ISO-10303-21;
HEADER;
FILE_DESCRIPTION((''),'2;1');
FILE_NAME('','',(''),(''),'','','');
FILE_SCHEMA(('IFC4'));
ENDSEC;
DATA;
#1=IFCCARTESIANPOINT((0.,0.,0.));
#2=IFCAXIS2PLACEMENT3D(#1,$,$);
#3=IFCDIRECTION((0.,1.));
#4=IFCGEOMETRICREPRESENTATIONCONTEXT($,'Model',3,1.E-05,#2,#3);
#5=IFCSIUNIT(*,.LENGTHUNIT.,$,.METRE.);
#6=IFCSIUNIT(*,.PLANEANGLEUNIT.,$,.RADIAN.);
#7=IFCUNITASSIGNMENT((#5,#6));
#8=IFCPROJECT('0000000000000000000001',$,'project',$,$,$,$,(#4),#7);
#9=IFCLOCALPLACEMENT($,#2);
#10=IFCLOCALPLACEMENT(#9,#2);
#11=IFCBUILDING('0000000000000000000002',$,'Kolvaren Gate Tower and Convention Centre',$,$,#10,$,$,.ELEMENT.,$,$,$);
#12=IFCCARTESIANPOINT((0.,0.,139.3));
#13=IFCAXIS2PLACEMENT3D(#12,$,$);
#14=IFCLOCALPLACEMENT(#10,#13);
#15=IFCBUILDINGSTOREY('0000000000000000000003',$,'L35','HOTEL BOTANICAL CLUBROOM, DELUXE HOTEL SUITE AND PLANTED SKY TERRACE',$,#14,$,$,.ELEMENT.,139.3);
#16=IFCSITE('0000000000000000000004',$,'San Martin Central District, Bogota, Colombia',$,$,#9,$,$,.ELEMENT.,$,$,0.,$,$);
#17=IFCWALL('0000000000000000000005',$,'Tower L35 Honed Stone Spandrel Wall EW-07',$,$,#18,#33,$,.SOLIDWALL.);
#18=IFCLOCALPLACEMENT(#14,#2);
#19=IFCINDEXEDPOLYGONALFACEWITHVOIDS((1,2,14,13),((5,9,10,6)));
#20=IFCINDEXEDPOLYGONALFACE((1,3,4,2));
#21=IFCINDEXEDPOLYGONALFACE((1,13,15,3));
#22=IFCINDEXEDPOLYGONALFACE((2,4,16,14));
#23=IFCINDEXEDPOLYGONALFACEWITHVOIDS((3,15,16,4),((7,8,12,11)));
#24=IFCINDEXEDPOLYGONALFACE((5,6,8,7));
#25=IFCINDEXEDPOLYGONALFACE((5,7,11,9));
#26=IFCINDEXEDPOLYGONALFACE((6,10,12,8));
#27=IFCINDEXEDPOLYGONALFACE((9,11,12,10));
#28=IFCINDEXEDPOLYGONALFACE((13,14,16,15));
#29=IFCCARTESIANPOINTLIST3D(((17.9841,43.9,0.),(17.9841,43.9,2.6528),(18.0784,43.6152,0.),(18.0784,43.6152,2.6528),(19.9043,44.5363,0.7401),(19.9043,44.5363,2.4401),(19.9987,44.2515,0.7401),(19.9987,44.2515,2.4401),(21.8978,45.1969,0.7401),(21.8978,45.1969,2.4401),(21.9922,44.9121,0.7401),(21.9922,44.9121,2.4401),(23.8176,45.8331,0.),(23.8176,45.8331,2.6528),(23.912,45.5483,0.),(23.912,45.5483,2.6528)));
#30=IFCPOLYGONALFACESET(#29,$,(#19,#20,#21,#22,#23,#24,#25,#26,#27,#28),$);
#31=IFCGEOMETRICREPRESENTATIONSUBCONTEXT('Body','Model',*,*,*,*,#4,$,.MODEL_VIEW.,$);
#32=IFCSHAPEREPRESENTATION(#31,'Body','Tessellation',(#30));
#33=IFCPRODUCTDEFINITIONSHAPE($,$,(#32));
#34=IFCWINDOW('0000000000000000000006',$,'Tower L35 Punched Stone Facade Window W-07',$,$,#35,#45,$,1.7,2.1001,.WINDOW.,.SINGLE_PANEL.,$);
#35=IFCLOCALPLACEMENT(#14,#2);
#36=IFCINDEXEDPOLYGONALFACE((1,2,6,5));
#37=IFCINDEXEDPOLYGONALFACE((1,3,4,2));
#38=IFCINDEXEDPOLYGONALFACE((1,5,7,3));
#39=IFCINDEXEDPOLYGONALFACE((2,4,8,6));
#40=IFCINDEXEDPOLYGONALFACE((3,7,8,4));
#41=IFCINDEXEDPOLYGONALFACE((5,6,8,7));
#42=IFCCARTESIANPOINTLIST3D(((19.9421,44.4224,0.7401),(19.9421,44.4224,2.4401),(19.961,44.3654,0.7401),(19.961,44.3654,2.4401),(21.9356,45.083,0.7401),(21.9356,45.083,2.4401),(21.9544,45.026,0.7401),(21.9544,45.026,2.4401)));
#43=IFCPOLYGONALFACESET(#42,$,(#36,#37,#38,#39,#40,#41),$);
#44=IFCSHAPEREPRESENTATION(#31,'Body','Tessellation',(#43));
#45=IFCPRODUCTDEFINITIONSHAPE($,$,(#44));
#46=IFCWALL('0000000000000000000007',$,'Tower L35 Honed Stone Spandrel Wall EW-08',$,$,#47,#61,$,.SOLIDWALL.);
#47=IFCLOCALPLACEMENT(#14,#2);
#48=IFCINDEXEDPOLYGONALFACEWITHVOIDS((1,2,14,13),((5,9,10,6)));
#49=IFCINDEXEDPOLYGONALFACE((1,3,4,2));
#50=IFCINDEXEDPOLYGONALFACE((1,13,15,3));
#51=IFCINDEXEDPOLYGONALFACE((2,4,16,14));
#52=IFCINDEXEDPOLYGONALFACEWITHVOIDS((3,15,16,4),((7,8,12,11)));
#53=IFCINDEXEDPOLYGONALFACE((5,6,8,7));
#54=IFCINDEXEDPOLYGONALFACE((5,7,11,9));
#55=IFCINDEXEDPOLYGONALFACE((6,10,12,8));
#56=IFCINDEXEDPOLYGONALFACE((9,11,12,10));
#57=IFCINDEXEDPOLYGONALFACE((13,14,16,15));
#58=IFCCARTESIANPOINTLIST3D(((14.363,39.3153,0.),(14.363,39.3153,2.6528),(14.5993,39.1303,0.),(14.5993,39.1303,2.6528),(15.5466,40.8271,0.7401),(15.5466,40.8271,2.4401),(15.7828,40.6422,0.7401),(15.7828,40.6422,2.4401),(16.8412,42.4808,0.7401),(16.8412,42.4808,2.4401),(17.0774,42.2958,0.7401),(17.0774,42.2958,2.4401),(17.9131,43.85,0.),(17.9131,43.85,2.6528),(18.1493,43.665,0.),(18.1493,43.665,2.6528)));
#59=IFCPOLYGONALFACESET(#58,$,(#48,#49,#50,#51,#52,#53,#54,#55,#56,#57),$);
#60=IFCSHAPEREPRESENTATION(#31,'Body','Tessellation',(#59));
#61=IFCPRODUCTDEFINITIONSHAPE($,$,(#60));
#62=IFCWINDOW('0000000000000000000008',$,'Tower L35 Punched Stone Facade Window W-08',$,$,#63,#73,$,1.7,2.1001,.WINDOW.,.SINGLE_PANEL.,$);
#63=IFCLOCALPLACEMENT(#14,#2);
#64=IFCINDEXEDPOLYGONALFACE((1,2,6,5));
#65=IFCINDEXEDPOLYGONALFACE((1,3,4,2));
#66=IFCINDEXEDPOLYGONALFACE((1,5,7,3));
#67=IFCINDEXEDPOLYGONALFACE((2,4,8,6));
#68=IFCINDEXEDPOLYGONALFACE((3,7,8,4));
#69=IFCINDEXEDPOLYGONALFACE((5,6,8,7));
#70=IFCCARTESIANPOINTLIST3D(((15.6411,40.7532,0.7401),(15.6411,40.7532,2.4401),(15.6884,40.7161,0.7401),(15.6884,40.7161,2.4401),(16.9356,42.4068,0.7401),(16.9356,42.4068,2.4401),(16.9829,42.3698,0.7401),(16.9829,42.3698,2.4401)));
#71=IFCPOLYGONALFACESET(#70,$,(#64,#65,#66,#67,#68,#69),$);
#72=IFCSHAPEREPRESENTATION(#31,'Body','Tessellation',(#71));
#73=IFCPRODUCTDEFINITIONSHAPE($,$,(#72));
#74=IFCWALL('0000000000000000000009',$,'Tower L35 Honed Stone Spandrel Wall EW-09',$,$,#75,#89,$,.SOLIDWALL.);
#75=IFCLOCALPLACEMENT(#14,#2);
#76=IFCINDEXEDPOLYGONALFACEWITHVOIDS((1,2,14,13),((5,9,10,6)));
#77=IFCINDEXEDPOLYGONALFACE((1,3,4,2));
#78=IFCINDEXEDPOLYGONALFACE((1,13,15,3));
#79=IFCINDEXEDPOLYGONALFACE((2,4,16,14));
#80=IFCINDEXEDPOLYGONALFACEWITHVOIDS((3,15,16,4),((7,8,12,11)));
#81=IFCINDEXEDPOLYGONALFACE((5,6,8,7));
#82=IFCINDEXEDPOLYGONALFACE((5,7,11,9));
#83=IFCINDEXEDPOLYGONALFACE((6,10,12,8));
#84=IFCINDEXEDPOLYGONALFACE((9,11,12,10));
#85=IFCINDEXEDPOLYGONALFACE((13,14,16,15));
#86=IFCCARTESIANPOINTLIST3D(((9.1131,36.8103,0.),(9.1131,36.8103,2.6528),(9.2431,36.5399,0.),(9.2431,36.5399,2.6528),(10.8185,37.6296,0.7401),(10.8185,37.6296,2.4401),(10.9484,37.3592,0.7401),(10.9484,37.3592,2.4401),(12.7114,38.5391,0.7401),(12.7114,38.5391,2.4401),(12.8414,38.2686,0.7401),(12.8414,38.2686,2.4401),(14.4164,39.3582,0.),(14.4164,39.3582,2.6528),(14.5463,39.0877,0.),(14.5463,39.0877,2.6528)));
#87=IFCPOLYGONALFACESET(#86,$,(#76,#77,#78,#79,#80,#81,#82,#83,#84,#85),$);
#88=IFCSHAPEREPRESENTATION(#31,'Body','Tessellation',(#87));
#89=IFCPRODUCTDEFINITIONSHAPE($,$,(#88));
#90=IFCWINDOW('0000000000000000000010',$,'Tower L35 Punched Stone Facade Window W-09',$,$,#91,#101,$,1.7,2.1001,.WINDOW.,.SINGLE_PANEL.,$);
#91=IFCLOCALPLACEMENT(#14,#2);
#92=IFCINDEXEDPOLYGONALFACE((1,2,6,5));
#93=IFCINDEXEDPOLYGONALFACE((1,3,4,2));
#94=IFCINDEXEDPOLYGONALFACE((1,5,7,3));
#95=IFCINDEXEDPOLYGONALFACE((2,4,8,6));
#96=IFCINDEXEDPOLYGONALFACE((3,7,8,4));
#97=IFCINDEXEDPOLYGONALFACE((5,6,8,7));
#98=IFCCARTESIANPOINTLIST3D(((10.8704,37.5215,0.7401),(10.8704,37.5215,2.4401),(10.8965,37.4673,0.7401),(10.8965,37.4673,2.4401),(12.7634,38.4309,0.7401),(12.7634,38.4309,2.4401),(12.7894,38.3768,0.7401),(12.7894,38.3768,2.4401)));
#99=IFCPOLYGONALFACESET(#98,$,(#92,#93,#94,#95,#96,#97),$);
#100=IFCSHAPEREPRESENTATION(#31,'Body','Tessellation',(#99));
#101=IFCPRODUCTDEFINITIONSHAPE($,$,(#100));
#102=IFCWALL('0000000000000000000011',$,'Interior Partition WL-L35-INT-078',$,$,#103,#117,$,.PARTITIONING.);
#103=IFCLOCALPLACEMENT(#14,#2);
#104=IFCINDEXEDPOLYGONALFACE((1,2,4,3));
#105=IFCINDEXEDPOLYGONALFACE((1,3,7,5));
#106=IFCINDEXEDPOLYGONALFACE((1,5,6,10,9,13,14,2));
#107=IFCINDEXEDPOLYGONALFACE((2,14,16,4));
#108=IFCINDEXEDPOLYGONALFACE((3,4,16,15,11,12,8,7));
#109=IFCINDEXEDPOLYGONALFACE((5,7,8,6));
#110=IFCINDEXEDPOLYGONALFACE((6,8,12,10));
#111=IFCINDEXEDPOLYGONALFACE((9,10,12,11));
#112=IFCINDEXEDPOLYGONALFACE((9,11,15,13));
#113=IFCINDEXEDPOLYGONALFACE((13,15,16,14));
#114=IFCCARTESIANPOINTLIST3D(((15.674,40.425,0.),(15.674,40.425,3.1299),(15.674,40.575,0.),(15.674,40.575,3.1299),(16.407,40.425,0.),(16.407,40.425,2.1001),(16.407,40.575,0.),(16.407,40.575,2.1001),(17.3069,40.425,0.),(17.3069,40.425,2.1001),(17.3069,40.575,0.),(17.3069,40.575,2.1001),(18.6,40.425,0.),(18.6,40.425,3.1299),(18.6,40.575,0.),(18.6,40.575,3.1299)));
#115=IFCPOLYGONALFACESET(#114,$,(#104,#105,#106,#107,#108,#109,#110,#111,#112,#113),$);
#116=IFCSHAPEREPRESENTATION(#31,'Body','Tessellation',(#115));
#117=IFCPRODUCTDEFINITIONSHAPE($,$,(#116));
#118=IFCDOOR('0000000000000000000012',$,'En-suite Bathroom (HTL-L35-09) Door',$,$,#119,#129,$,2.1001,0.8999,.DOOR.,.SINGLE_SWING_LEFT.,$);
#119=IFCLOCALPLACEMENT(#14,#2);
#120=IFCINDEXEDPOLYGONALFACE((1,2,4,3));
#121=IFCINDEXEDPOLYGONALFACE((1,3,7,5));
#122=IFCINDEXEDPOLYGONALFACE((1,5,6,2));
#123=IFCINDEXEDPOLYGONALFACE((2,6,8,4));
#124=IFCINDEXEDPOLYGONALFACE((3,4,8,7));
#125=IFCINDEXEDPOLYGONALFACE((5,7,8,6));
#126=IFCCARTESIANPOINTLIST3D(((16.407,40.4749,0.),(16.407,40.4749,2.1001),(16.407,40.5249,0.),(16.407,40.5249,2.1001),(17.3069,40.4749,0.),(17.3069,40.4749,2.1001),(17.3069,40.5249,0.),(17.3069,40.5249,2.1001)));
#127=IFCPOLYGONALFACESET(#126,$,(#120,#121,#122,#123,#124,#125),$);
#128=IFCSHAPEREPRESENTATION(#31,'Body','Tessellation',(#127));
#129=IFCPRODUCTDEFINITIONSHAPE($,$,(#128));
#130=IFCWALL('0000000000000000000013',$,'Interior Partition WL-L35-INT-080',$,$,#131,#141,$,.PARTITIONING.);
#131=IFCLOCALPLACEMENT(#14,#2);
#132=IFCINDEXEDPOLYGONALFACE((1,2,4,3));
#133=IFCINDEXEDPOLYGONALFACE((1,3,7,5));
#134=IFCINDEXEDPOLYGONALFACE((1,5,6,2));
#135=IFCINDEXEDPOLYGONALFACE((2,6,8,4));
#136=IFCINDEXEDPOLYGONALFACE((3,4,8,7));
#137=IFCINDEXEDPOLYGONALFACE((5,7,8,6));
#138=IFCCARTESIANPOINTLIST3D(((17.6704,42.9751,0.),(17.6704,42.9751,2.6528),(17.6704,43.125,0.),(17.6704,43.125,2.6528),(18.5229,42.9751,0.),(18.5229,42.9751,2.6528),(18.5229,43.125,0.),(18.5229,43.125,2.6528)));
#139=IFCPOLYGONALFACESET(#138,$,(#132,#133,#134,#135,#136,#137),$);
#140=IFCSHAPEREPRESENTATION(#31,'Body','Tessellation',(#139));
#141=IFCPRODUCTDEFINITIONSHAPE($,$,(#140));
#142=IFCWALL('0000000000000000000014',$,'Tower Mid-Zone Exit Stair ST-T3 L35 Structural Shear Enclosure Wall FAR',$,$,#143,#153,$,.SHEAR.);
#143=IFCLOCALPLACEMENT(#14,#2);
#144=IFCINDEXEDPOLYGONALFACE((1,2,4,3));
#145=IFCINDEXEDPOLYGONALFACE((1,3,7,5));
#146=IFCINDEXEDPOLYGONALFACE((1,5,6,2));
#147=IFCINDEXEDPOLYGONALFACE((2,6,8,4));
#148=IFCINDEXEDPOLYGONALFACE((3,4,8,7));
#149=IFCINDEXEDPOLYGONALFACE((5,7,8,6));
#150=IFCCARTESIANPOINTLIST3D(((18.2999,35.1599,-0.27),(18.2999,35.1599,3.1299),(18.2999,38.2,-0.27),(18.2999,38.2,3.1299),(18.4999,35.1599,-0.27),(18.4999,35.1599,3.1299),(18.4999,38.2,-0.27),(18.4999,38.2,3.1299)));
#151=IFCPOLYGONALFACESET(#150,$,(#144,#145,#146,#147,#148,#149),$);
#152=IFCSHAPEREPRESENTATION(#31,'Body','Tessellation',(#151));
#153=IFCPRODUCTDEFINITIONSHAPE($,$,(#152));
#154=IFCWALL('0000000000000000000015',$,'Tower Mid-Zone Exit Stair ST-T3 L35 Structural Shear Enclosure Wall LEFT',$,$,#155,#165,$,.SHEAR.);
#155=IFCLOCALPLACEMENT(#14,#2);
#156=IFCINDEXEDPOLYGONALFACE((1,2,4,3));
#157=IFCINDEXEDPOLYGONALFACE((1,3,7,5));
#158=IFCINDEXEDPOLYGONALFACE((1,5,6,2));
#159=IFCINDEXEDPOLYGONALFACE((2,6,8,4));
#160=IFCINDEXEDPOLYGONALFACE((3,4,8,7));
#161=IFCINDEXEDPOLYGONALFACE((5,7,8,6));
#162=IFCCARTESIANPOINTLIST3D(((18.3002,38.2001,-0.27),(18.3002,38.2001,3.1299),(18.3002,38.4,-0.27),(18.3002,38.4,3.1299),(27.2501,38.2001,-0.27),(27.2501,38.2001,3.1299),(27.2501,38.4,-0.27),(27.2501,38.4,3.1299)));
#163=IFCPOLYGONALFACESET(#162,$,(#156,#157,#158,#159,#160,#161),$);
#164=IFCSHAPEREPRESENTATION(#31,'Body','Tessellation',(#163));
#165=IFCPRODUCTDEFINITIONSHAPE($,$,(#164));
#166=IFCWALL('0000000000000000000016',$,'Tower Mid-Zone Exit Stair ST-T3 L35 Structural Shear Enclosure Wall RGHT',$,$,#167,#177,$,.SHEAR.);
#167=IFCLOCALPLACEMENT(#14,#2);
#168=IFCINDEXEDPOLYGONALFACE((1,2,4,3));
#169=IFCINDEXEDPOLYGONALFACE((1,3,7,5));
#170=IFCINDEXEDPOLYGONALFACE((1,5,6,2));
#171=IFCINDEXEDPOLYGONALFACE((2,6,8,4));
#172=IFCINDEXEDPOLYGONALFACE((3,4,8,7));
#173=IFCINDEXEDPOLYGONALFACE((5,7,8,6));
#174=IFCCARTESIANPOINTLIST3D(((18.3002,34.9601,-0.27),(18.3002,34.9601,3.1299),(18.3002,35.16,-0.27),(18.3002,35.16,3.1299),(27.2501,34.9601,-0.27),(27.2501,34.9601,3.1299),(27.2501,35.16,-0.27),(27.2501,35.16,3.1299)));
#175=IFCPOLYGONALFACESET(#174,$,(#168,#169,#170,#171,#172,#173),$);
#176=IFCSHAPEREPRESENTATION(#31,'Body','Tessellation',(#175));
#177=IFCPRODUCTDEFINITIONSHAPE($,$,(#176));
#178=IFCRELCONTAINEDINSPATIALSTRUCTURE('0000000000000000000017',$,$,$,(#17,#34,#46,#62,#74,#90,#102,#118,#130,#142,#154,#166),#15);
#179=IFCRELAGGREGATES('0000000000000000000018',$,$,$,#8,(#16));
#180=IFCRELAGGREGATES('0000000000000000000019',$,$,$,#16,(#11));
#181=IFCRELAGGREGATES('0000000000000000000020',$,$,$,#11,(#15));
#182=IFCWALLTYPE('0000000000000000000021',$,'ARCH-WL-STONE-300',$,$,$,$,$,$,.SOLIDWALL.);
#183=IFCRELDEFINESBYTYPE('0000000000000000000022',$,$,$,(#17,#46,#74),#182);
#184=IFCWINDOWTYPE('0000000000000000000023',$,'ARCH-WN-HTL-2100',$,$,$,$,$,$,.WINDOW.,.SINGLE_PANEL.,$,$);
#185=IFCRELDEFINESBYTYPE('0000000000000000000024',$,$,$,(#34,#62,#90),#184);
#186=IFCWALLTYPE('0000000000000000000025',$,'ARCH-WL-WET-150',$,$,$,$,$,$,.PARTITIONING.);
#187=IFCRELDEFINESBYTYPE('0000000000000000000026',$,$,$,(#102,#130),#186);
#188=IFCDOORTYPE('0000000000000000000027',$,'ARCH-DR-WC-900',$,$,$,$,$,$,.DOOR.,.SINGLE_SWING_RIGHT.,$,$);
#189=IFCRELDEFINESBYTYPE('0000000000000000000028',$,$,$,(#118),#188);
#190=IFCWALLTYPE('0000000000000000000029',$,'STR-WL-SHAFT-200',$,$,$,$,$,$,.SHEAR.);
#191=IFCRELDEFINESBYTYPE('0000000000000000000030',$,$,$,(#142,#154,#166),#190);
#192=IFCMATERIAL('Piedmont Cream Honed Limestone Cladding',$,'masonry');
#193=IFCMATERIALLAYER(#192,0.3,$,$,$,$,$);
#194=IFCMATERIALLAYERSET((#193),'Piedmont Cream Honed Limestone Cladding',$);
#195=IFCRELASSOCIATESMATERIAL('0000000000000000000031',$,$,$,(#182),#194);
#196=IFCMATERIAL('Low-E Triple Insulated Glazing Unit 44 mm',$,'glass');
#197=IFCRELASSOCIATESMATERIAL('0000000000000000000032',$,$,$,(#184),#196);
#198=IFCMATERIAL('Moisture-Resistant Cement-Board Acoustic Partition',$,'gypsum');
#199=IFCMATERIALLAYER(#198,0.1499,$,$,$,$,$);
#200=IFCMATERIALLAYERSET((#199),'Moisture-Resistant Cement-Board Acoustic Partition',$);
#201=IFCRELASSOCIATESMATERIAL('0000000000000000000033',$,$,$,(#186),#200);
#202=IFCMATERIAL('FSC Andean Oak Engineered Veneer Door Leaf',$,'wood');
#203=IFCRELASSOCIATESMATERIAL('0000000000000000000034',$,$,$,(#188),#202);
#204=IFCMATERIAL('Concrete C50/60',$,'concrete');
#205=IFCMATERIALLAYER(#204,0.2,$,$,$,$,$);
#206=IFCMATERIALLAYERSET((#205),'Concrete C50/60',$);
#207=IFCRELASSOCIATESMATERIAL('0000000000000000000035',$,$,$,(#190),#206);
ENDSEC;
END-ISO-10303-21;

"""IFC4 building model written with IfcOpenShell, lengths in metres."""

from ifc_helpers import new_model, si_unit, direction, frame, frame_2d, origin, place, context, subcontext, project, spatial, rectangle, extrude, material, layer, layer_set, type_object, element, fill, save


model = new_model("IFC4")

# Units and contexts
model_context = context("Model", 3, precision=1e-05, world=origin(), true_north=direction((0.0, 1.0)))
body_context = subcontext(model_context, "Body", "Model", "MODEL_VIEW")
ifc_project = project(units=[si_unit("LENGTHUNIT", "METRE"), si_unit("PLANEANGLEUNIT", "RADIAN")], contexts=[model_context])

# Site, building, storey
site_placement = place(None, origin())
site = spatial("IfcSite", under=ifc_project, at=site_placement, Name="San Martin Central District, Bogota, Colombia", CompositionType="ELEMENT", RefElevation=0.0)
building_placement = place(site_placement, origin())
building = spatial("IfcBuilding", under=site, at=building_placement, Name="Kolvaren Gate Tower and Convention Centre", CompositionType="ELEMENT")
storey_placement = place(building_placement, frame((0.0, 0.0, 139.3)))
storey = spatial("IfcBuildingStorey", under=building, at=storey_placement, Name="L35", Description="HOTEL BOTANICAL CLUBROOM, DELUXE HOTEL SUITE AND PLANTED SKY TERRACE", CompositionType="ELEMENT", Elevation=139.3)

# Shared definitions
ifc_material_1 = material(Name="Piedmont Cream Honed Limestone Cladding", Category="masonry")

# Walls, openings, windows
ifc_layer_1 = layer(ifc_material_1, 0.3)
ifc_layer_set_1 = layer_set([ifc_layer_1], Name="Piedmont Cream Honed Limestone Cladding")
wall_type_1 = type_object("IfcWallType", Name="ARCH-WL-STONE-300", PredefinedType="SOLIDWALL", material=ifc_layer_set_1)
wall_1_placement = place(storey_placement, frame((18.0312, 43.7576, 0.0), z_axis=(0.0, 0.0, 1.0), x_axis=(0.949238, 0.314559, 0.0)))
wall_1 = element("IfcWall", 1, at=wall_1_placement, inside=storey, type_object=wall_type_1, Name="Tower L35 Honed Stone Spandrel Wall EW-07", PredefinedType="SOLIDWALL", context=body_context, shape_type="SweptSolid", body=[
    extrude(rectangle(XDim=6.1455, YDim=0.3, at=frame_2d((3.0728, 0.0))), origin(), (0.0, 0.0, 1.0), 2.6528),
])
opening_1_placement = place(wall_1_placement, frame((2.0229, 0.0, 0.74)))
opening_1 = element("IfcOpeningElement", 2, at=opening_1_placement, cuts=wall_1, PredefinedType="OPENING", context=body_context, shape_type="SweptSolid", body=[
    extrude(rectangle(XDim=2.1001, YDim=1.7, at=frame_2d((1.05, 0.8501))), frame((0.0, 0.1599, 0.0), z_axis=(0.0, -1.0, 0.0), x_axis=(1.0, 0.0, 0.0)), (0.0, 0.0, 1.0), 0.3201),
])
ifc_material_2 = material(Name="Low-E Triple Insulated Glazing Unit 44 mm", Category="glass")
window_type = type_object("IfcWindowType", Name="ARCH-WN-HTL-2100", PartitioningType="SINGLE_PANEL", PredefinedType="WINDOW", material=ifc_material_2)
window_1_placement = place(opening_1_placement, origin())
window_1 = element("IfcWindow", 3, at=window_1_placement, inside=storey, type_object=window_type, Name="Tower L35 Punched Stone Facade Window W-07", OverallHeight=1.7, OverallWidth=2.1001, PartitioningType="SINGLE_PANEL", PredefinedType="WINDOW", context=body_context, shape_type="SweptSolid", body=[
    extrude(rectangle(XDim=2.1001, YDim=1.7, at=frame_2d((1.05, 0.8501))), frame((0.0, 0.03, 0.0), z_axis=(0.0, -1.0, 0.0), x_axis=(1.0, 0.0, 0.0)), (0.0, 0.0, 1.0), 0.0601),
])
fill(opening_1, window_1)
wall_2_placement = place(storey_placement, frame((14.4812, 39.2229, 0.0), z_axis=(0.0, 0.0, 1.0), x_axis=(0.616435, 0.787406, 0.0)))
wall_2 = element("IfcWall", 4, at=wall_2_placement, inside=storey, type_object=wall_type_1, Name="Tower L35 Honed Stone Spandrel Wall EW-08", PredefinedType="SOLIDWALL", context=body_context, shape_type="SweptSolid", body=[
    extrude(rectangle(XDim=5.759, YDim=0.3, at=frame_2d((2.8794, 0.0))), origin(), (0.0, 0.0, 1.0), 2.6528),
])
opening_2_placement = place(wall_2_placement, frame((1.9199, 0.0, 0.74)))
opening_2 = element("IfcOpeningElement", 5, at=opening_2_placement, cuts=wall_2, PredefinedType="OPENING", context=body_context, shape_type="SweptSolid", body=[
    extrude(rectangle(XDim=2.1001, YDim=1.7, at=frame_2d((1.05, 0.8501))), frame((0.0, 0.1599, 0.0), z_axis=(0.0, -1.0, 0.0), x_axis=(1.0, 0.0, 0.0)), (0.0, 0.0, 1.0), 0.3201),
])
window_2_placement = place(opening_2_placement, origin())
window_2 = element("IfcWindow", 6, at=window_2_placement, inside=storey, type_object=window_type, Name="Tower L35 Punched Stone Facade Window W-08", OverallHeight=1.7, OverallWidth=2.1001, PartitioningType="SINGLE_PANEL", PredefinedType="WINDOW", context=body_context, shape_type="SweptSolid", body=[
    extrude(rectangle(XDim=2.1001, YDim=1.7, at=frame_2d((1.05, 0.8501))), frame((0.0, 0.03, 0.0), z_axis=(0.0, -1.0, 0.0), x_axis=(1.0, 0.0, 0.0)), (0.0, 0.0, 1.0), 0.0601),
])
fill(opening_2, window_2)
wall_3_placement = place(storey_placement, frame((9.178, 36.675, 0.0), z_axis=(0.0, 0.0, 1.0), x_axis=(0.90137, 0.433049, 0.0)))
wall_3 = element("IfcWall", 7, at=wall_3_placement, inside=storey, type_object=wall_type_1, Name="Tower L35 Honed Stone Spandrel Wall EW-09", PredefinedType="SOLIDWALL", context=body_context, shape_type="SweptSolid", body=[
    extrude(rectangle(XDim=5.8835, YDim=0.3, at=frame_2d((2.9419, 0.0))), origin(), (0.0, 0.0, 1.0), 2.6528),
])
opening_3_placement = place(wall_3_placement, frame((1.8921, 0.0, 0.74)))
opening_3 = element("IfcOpeningElement", 8, at=opening_3_placement, cuts=wall_3, PredefinedType="OPENING", context=body_context, shape_type="SweptSolid", body=[
    extrude(rectangle(XDim=2.1001, YDim=1.7, at=frame_2d((1.05, 0.8501))), frame((0.0, 0.1599, 0.0), z_axis=(0.0, -1.0, 0.0), x_axis=(1.0, 0.0, 0.0)), (0.0, 0.0, 1.0), 0.3201),
])
window_3_placement = place(opening_3_placement, origin())
window_3 = element("IfcWindow", 9, at=window_3_placement, inside=storey, type_object=window_type, Name="Tower L35 Punched Stone Facade Window W-09", OverallHeight=1.7, OverallWidth=2.1001, PartitioningType="SINGLE_PANEL", PredefinedType="WINDOW", context=body_context, shape_type="SweptSolid", body=[
    extrude(rectangle(XDim=2.1001, YDim=1.7, at=frame_2d((1.05, 0.8501))), frame((0.0, 0.03, 0.0), z_axis=(0.0, -1.0, 0.0), x_axis=(1.0, 0.0, 0.0)), (0.0, 0.0, 1.0), 0.0601),
])
fill(opening_3, window_3)

# Wall, opening, door
ifc_material_3 = material(Name="Moisture-Resistant Cement-Board Acoustic Partition", Category="gypsum")
ifc_layer_2 = layer(ifc_material_3, 0.1499)
ifc_layer_set_2 = layer_set([ifc_layer_2], Name="Moisture-Resistant Cement-Board Acoustic Partition")
wall_type_2 = type_object("IfcWallType", Name="ARCH-WL-WET-150", PredefinedType="PARTITIONING", material=ifc_layer_set_2)
wall_4_placement = place(storey_placement, frame((15.6741, 40.5, 0.0), z_axis=(0.0, 0.0, 1.0), x_axis=(1.0, 0.0, 0.0)))
wall_4 = element("IfcWall", 10, at=wall_4_placement, inside=storey, type_object=wall_type_2, Name="Interior Partition WL-L35-INT-078", PredefinedType="PARTITIONING", context=body_context, shape_type="SweptSolid", body=[
    extrude(rectangle(XDim=2.926, YDim=0.1499, at=frame_2d((1.4629, 0.0))), origin(), (0.0, 0.0, 1.0), 3.1299),
])
opening_4_placement = place(wall_4_placement, frame((0.7329, 0.0, 0.0)))
opening_4 = element("IfcOpeningElement", 11, at=opening_4_placement, cuts=wall_4, PredefinedType="OPENING", context=body_context, shape_type="SweptSolid", body=[
    extrude(rectangle(XDim=0.8999, YDim=2.1001, at=frame_2d((0.45, 1.05))), frame((0.0, 0.085, 0.0), z_axis=(0.0, -1.0, 0.0), x_axis=(1.0, 0.0, 0.0)), (0.0, 0.0, 1.0), 0.1699),
])
ifc_material_4 = material(Name="FSC Andean Oak Engineered Veneer Door Leaf", Category="wood")
door_type = type_object("IfcDoorType", Name="ARCH-DR-WC-900", OperationType="SINGLE_SWING_RIGHT", PredefinedType="DOOR", material=ifc_material_4)
door_placement = place(opening_4_placement, origin())
door = element("IfcDoor", 12, at=door_placement, inside=storey, type_object=door_type, Name="En-suite Bathroom (HTL-L35-09) Door", OperationType="SINGLE_SWING_LEFT", OverallHeight=2.1001, OverallWidth=0.8999, PredefinedType="DOOR", context=body_context, shape_type="SweptSolid", body=[
    extrude(rectangle(XDim=0.8999, YDim=2.1001, at=frame_2d((0.45, 1.05))), frame((0.0, 0.0249, 0.0), z_axis=(0.0, -1.0, 0.0), x_axis=(1.0, 0.0, 0.0)), (0.0, 0.0, 1.0), 0.05),
])
fill(opening_4, door)

# Walls
wall_5_placement = place(storey_placement, frame((17.6704, 43.05, 0.0), z_axis=(0.0, 0.0, 1.0), x_axis=(1.0, 0.0, 0.0)))
element("IfcWall", 13, at=wall_5_placement, inside=storey, type_object=wall_type_2, Name="Interior Partition WL-L35-INT-080", PredefinedType="PARTITIONING", context=body_context, shape_type="SweptSolid", body=[
    extrude(rectangle(XDim=0.8525, YDim=0.1499, at=frame_2d((0.4263, 0.0))), origin(), (0.0, 0.0, 1.0), 2.6528),
])
ifc_material_5 = material(Name="Concrete C50/60", Category="concrete")
ifc_layer_3 = layer(ifc_material_5, 0.2)
ifc_layer_set_3 = layer_set([ifc_layer_3], Name="Concrete C50/60")
wall_type_3 = type_object("IfcWallType", Name="STR-WL-SHAFT-200", PredefinedType="SHEAR", material=ifc_layer_set_3)
wall_6_placement = place(storey_placement, frame((18.3999, 35.1599, -0.27), z_axis=(0.0, 0.0, 1.0), x_axis=(0.0, 1.0, 0.0)))
element("IfcWall", 14, at=wall_6_placement, inside=storey, type_object=wall_type_3, Name="Tower Mid-Zone Exit Stair ST-T3 L35 Structural Shear Enclosure Wall FAR", PredefinedType="SHEAR", context=body_context, shape_type="SweptSolid", body=[
    extrude(rectangle(XDim=3.04, YDim=0.2, at=frame_2d((1.52, 0.0))), origin(), (0.0, 0.0, 1.0), 3.3999),
])
for number, where, z_axis, x_axis, name in (
    (15, (18.3, 38.3, -0.27), (0.0, 0.0, 1.0), (1.0, 0.0, 0.0), "Tower Mid-Zone Exit Stair ST-T3 L35 Structural Shear Enclosure Wall LEFT"),
    (16, (18.3, 35.0601, -0.27), (0.0, 0.0, 1.0), (1.0, 0.0, 0.0), "Tower Mid-Zone Exit Stair ST-T3 L35 Structural Shear Enclosure Wall RGHT"),
):
    element("IfcWall", number, at=place(storey_placement, frame(where, z_axis=z_axis, x_axis=x_axis)), inside=storey, type_object=wall_type_3, Name=name, PredefinedType="SHEAR", context=body_context, shape_type="SweptSolid", body=[
        extrude(rectangle(XDim=8.95, YDim=0.2, at=frame_2d((4.4751, 0.0))), origin(), (0.0, 0.0, 1.0), 3.3999),
    ])

save(model, "model.ifc")
